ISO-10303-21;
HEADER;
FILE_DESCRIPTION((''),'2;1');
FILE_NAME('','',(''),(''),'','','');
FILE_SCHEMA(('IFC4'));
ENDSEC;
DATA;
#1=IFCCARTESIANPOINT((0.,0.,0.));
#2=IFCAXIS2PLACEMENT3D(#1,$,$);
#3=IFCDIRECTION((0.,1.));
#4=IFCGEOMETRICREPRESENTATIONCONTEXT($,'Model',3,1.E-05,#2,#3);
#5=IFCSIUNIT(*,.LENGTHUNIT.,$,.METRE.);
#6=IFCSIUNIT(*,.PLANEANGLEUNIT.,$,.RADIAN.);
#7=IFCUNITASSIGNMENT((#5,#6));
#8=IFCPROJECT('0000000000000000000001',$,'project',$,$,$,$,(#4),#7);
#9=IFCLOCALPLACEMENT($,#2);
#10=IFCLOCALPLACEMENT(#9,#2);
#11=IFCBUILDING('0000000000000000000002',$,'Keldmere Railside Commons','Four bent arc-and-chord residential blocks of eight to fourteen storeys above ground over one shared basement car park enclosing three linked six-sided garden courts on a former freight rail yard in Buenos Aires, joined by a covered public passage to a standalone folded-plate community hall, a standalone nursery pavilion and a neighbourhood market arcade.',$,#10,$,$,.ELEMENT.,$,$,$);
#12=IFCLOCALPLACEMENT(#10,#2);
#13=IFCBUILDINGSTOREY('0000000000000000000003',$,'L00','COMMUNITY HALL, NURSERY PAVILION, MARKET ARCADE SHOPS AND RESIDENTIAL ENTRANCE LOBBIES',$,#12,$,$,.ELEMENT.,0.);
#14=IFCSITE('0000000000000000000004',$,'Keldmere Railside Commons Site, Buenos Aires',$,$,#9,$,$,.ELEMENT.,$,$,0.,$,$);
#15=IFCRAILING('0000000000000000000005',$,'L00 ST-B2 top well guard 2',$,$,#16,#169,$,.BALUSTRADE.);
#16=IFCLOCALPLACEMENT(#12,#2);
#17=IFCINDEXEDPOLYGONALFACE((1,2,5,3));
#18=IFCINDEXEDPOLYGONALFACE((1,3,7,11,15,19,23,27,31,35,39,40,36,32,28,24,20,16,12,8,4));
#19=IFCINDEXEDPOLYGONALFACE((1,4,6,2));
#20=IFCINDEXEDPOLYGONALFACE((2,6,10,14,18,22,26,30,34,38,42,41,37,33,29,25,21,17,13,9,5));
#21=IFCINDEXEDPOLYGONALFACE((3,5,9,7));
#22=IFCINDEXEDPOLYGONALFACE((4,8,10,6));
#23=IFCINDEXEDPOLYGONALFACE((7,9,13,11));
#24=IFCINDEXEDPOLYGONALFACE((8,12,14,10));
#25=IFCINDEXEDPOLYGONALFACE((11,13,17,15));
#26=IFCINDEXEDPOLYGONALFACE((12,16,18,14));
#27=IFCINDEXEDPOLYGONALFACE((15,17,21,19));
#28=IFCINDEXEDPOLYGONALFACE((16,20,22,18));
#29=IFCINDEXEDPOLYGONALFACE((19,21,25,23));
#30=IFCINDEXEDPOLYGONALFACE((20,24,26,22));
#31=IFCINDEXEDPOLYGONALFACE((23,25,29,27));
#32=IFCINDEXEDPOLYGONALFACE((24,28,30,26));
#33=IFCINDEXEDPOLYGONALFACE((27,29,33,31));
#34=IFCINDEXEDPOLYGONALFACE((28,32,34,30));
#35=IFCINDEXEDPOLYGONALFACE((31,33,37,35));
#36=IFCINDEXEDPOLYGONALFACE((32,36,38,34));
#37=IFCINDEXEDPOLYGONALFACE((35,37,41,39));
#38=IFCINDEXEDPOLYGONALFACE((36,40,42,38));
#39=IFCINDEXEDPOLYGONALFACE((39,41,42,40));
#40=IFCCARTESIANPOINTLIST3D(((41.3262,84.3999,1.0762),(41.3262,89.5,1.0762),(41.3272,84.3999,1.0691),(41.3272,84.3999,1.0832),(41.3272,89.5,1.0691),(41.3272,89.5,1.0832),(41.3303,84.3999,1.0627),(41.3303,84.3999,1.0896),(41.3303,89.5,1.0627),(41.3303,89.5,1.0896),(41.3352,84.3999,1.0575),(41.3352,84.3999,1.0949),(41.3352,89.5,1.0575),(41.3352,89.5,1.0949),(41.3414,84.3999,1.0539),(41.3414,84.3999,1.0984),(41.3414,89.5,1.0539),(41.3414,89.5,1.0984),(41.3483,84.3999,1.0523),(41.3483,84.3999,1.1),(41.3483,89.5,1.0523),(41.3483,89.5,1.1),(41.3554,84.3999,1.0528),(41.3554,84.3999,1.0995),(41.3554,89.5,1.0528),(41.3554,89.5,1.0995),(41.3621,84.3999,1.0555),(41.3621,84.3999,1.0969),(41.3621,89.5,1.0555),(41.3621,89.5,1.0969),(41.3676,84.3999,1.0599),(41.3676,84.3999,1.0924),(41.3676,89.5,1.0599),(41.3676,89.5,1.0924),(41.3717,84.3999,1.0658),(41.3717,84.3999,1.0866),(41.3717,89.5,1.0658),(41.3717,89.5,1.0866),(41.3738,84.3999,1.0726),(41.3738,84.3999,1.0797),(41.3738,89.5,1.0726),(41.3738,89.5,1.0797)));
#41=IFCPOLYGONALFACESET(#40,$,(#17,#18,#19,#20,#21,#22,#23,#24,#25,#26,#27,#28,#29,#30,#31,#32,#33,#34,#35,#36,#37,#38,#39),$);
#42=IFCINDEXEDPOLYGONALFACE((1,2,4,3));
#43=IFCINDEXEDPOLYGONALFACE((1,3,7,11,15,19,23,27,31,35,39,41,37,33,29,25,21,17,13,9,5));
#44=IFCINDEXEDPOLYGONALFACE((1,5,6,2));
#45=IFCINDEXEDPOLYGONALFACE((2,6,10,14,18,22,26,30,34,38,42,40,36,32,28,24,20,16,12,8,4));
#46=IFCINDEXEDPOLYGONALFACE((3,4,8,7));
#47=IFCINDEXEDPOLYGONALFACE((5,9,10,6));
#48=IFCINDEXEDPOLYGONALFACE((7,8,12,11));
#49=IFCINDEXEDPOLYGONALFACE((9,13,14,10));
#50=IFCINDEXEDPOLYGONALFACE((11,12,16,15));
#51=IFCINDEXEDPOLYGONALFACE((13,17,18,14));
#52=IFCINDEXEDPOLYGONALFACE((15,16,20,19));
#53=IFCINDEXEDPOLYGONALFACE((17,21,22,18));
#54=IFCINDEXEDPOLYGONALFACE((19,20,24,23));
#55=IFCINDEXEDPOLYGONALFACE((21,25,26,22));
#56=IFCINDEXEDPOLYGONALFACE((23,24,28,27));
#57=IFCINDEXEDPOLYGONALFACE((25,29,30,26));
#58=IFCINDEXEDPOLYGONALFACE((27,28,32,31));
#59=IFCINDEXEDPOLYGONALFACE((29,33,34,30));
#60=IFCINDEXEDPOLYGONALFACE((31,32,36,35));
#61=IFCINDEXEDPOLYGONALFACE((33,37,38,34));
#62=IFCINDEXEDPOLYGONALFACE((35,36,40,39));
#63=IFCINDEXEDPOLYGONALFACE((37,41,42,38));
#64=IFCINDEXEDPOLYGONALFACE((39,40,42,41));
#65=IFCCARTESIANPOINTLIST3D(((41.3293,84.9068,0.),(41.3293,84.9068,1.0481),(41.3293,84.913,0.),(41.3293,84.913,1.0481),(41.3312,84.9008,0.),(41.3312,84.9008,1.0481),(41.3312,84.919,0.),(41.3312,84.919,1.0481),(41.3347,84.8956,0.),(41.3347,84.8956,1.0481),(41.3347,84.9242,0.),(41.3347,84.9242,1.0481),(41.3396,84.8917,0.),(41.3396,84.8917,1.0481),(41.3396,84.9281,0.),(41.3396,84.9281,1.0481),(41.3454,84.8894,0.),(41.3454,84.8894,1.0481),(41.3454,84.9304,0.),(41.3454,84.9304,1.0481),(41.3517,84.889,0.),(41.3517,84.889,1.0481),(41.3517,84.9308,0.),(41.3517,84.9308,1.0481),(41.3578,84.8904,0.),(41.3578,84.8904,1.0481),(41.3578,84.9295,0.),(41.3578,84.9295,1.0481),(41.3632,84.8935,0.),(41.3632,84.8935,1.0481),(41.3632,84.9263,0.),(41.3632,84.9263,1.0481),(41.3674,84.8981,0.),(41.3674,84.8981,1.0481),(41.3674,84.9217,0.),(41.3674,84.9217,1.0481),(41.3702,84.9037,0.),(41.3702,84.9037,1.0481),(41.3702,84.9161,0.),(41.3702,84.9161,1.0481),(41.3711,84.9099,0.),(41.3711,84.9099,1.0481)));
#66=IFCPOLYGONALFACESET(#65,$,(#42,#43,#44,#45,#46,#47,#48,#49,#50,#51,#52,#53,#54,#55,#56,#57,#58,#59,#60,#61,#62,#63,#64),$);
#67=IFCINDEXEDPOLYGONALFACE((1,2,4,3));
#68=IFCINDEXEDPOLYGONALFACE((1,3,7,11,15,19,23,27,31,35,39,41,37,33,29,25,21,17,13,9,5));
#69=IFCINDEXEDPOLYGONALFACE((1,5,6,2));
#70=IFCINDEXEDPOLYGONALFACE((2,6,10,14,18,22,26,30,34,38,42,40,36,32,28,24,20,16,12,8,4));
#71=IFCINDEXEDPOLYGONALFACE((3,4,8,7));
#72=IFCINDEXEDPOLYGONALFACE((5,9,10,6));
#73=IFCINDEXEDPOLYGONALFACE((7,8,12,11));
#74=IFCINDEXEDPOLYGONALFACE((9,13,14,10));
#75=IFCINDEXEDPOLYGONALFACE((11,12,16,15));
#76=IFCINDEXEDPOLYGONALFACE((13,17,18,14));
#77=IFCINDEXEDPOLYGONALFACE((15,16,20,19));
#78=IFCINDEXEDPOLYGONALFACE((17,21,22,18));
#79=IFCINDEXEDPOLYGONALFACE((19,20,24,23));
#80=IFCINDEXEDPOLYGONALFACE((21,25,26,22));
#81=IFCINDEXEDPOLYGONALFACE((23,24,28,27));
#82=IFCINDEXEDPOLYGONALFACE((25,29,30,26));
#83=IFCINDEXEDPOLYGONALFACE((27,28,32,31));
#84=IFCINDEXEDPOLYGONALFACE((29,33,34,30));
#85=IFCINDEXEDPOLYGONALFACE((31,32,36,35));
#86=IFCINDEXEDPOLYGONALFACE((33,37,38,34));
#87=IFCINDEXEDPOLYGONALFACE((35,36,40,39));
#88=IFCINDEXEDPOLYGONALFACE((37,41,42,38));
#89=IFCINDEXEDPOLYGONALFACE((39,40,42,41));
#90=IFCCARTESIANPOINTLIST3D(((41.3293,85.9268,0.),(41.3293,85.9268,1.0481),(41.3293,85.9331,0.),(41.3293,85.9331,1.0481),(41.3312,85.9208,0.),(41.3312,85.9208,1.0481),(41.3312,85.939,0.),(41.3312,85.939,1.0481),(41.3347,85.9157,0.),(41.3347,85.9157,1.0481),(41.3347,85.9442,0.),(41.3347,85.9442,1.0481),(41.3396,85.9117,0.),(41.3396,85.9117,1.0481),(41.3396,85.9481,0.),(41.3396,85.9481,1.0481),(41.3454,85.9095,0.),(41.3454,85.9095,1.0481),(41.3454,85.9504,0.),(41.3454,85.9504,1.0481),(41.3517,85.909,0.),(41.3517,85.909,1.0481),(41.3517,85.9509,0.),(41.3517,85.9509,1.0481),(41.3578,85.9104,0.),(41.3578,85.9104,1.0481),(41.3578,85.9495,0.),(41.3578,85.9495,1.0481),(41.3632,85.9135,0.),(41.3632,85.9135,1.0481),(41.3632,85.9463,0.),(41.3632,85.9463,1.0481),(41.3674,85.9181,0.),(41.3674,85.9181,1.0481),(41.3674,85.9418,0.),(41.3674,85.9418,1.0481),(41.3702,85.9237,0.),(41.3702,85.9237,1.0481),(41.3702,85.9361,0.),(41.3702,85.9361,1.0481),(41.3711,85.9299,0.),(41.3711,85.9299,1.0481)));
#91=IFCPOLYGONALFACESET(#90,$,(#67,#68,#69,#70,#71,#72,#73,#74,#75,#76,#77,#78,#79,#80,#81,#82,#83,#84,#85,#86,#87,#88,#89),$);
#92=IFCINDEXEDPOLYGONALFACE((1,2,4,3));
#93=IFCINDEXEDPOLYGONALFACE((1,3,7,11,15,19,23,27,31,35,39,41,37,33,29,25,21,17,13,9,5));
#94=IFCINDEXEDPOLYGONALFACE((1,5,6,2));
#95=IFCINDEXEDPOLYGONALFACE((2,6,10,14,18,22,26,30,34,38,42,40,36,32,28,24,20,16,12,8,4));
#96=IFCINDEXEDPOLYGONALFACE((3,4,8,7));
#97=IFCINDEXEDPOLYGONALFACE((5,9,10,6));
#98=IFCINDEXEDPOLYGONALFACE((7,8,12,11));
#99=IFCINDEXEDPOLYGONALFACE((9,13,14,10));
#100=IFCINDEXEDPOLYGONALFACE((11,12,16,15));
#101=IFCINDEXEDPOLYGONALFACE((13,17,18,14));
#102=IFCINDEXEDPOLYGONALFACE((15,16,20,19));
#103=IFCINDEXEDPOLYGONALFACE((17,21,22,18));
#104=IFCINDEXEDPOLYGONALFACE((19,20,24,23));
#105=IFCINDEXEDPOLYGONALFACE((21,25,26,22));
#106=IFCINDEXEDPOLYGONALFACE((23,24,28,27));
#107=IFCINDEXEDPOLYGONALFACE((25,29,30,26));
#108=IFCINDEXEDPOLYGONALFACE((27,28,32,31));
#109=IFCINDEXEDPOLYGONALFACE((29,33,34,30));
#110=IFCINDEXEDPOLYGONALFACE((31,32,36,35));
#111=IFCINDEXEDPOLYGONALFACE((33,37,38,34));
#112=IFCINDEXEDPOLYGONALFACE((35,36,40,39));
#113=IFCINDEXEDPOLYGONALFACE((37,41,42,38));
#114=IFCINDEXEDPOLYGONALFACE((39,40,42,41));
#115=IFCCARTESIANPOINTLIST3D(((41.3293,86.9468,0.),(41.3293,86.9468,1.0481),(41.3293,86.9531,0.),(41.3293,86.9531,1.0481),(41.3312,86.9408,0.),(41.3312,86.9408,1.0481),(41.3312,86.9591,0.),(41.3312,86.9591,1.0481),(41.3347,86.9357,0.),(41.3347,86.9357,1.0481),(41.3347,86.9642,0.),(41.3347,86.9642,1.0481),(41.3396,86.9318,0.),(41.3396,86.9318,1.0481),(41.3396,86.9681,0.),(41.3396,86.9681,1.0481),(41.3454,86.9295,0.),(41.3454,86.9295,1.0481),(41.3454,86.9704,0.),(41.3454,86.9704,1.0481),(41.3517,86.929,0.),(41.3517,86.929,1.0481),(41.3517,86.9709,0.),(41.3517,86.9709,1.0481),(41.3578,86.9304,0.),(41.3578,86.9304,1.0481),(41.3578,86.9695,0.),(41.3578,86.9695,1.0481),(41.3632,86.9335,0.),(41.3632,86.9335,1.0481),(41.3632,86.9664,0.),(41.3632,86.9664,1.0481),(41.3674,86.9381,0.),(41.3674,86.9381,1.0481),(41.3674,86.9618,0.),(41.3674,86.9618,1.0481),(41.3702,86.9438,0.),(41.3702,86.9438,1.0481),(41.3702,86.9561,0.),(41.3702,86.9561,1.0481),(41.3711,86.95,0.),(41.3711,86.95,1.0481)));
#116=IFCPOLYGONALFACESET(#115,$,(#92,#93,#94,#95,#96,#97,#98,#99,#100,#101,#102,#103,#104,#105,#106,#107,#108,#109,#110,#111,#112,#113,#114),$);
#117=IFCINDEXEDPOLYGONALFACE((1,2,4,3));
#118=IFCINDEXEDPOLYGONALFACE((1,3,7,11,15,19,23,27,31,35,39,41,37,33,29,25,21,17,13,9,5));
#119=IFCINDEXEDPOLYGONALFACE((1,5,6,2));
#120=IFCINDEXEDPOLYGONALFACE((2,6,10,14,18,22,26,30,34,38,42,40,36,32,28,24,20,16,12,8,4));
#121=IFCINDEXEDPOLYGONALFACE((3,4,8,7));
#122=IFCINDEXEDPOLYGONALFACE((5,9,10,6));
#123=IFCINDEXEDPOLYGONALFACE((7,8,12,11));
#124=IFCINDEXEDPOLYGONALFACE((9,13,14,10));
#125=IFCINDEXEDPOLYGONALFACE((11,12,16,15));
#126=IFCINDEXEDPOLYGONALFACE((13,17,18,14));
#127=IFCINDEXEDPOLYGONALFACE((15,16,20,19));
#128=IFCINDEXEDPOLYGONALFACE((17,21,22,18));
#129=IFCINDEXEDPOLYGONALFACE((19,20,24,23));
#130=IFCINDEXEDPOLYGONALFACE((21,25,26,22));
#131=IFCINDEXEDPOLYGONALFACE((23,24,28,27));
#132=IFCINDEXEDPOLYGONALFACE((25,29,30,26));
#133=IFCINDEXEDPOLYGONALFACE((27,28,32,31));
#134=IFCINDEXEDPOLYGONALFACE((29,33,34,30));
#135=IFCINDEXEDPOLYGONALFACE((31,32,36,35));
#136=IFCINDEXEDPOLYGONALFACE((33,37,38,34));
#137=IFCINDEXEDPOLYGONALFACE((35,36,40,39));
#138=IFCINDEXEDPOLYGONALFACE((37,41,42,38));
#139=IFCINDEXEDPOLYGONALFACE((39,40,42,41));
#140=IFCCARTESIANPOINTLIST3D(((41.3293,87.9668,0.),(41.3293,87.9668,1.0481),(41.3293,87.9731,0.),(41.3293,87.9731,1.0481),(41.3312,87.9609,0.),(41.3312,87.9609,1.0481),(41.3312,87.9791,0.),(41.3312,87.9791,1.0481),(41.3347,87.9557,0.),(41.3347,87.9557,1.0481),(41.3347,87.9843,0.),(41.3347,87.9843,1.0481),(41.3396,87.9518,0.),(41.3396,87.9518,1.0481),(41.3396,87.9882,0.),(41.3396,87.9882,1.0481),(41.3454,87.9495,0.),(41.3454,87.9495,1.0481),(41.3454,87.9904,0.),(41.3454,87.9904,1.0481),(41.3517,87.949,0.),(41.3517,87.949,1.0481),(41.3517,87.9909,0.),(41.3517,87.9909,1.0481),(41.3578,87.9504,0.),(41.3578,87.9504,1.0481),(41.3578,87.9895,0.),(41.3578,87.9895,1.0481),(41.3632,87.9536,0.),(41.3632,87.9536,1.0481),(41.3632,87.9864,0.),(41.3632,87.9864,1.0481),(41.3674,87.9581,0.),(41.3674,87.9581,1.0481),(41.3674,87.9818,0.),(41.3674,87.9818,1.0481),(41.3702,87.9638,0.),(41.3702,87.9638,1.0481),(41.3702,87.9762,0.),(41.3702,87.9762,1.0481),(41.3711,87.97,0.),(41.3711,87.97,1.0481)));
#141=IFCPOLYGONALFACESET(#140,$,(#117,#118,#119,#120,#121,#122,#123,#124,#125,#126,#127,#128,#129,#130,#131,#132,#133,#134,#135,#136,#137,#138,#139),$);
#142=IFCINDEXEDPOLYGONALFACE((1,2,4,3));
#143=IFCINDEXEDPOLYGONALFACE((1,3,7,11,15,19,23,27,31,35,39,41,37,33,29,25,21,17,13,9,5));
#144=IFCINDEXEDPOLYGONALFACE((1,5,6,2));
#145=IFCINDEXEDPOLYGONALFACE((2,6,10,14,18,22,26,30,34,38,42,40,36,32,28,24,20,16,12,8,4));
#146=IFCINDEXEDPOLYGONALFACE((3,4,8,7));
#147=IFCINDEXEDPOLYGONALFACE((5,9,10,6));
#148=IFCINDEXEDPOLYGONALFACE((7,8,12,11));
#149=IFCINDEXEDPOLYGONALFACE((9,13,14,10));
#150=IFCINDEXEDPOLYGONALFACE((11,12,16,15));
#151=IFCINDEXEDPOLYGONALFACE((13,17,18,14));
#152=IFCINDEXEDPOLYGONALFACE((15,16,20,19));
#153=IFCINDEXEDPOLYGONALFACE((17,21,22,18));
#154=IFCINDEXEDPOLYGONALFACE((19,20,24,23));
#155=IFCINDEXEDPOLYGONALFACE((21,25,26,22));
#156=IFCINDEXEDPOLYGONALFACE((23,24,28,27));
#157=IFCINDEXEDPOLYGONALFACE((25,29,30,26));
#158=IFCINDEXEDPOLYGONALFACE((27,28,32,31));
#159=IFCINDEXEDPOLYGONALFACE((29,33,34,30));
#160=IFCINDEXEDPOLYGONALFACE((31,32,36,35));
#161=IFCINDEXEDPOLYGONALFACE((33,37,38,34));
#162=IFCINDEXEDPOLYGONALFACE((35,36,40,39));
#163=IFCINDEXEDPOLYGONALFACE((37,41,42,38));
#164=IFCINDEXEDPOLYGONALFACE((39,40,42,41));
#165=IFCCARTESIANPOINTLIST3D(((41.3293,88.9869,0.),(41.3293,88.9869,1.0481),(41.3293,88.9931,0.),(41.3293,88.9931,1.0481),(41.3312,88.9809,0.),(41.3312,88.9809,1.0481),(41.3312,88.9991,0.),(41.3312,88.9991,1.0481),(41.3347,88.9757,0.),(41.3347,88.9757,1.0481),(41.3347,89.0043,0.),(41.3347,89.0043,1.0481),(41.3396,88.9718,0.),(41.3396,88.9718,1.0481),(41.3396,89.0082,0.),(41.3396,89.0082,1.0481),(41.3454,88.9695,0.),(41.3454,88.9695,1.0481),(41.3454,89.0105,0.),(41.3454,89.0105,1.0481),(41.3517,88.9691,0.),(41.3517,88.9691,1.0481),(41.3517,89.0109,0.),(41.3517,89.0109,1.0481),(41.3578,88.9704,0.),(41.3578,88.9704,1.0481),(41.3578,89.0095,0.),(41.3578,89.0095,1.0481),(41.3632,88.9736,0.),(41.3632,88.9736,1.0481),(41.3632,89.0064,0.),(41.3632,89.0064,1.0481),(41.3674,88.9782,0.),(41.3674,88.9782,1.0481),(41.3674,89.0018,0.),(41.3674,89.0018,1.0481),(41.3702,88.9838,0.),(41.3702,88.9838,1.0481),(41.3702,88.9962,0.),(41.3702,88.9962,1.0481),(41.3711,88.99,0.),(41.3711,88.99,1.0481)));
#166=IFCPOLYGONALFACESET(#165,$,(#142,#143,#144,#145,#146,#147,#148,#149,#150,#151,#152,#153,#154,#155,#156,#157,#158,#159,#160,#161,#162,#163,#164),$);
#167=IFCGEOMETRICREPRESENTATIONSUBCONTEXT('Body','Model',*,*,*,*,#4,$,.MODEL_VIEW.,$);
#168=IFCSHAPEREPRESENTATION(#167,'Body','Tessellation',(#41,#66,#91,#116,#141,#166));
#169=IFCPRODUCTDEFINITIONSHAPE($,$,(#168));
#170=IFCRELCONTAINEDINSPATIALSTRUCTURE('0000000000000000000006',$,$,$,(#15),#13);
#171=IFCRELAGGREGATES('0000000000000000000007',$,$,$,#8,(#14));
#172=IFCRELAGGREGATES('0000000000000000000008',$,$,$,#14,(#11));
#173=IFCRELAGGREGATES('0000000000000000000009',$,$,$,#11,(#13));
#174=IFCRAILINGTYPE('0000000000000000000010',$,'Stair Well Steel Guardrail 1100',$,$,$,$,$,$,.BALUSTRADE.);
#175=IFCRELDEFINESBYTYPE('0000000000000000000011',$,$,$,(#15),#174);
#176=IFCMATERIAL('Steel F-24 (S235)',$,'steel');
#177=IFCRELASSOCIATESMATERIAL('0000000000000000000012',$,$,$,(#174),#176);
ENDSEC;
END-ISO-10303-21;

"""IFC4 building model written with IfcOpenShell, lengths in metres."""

from ifc_helpers import new_model, si_unit, direction, frame, origin, origin_2d, place, context, subcontext, project, spatial, circle, extrude, material, type_object, element, save


model = new_model("IFC4")

# Units and contexts
model_context = context("Model", 3, precision=1e-05, world=origin(), true_north=direction((0.0, 1.0)))
body_context = subcontext(model_context, "Body", "Model", "MODEL_VIEW")
ifc_project = project(units=[si_unit("LENGTHUNIT", "METRE"), si_unit("PLANEANGLEUNIT", "RADIAN")], contexts=[model_context])

# Site, building, storey
site_placement = place(None, origin())
site = spatial("IfcSite", under=ifc_project, at=site_placement, Name="Keldmere Railside Commons Site, Buenos Aires", CompositionType="ELEMENT", RefElevation=0.0)
building_placement = place(site_placement, origin())
building = spatial("IfcBuilding", under=site, at=building_placement, Name="Keldmere Railside Commons", Description="Four bent arc-and-chord residential blocks of eight to fourteen storeys above ground over one shared basement car park enclosing three linked six-sided garden courts on a former freight rail yard in Buenos Aires, joined by a covered public passage to a standalone folded-plate community hall, a standalone nursery pavilion and a neighbourhood market arcade.", CompositionType="ELEMENT")
storey_placement = place(building_placement, origin())
storey = spatial("IfcBuildingStorey", under=building, at=storey_placement, Name="L00", Description="COMMUNITY HALL, NURSERY PAVILION, MARKET ARCADE SHOPS AND RESIDENTIAL ENTRANCE LOBBIES", CompositionType="ELEMENT", Elevation=0.0)

# Shared definitions
ifc_material_1 = material(Name="Steel F-24 (S235)", Category="steel")

# Railing
railing_type = type_object("IfcRailingType", Name="Stair Well Steel Guardrail 1100", PredefinedType="BALUSTRADE", material=ifc_material_1)
for number, where, name in (
    (1, (41.3501, 84.3999, 0.0), "L00 ST-B2 top well guard 2"),
):
    element("IfcRailing", number, at=place(storey_placement, frame(where)), inside=storey, type_object=railing_type, Name=name, PredefinedType="BALUSTRADE", context=body_context, shape_type="SweptSolid", body=[
        extrude(circle(Radius=0.0239, at=origin_2d()), frame((0.0, 0.0, 1.0762), z_axis=(0.0, 1.0, 0.0), x_axis=(-1.0, 0.0, 0.0)), (0.0, 0.0, 1.0), 5.1001),
        extrude(circle(Radius=0.021, at=origin_2d()), frame((0.0, 0.51, 0.0)), (0.0, 0.0, 1.0), 1.0481),
        extrude(circle(Radius=0.021, at=origin_2d()), frame((0.0, 1.53, 0.0)), (0.0, 0.0, 1.0), 1.0481),
        extrude(circle(Radius=0.021, at=origin_2d()), frame((0.0, 2.55, 0.0)), (0.0, 0.0, 1.0), 1.0481),
        extrude(circle(Radius=0.021, at=origin_2d()), frame((0.0, 3.5701, 0.0)), (0.0, 0.0, 1.0), 1.0481),
        extrude(circle(Radius=0.021, at=origin_2d()), frame((0.0, 4.5901, 0.0)), (0.0, 0.0, 1.0), 1.0481),
    ])

save(model, "model.ifc")
